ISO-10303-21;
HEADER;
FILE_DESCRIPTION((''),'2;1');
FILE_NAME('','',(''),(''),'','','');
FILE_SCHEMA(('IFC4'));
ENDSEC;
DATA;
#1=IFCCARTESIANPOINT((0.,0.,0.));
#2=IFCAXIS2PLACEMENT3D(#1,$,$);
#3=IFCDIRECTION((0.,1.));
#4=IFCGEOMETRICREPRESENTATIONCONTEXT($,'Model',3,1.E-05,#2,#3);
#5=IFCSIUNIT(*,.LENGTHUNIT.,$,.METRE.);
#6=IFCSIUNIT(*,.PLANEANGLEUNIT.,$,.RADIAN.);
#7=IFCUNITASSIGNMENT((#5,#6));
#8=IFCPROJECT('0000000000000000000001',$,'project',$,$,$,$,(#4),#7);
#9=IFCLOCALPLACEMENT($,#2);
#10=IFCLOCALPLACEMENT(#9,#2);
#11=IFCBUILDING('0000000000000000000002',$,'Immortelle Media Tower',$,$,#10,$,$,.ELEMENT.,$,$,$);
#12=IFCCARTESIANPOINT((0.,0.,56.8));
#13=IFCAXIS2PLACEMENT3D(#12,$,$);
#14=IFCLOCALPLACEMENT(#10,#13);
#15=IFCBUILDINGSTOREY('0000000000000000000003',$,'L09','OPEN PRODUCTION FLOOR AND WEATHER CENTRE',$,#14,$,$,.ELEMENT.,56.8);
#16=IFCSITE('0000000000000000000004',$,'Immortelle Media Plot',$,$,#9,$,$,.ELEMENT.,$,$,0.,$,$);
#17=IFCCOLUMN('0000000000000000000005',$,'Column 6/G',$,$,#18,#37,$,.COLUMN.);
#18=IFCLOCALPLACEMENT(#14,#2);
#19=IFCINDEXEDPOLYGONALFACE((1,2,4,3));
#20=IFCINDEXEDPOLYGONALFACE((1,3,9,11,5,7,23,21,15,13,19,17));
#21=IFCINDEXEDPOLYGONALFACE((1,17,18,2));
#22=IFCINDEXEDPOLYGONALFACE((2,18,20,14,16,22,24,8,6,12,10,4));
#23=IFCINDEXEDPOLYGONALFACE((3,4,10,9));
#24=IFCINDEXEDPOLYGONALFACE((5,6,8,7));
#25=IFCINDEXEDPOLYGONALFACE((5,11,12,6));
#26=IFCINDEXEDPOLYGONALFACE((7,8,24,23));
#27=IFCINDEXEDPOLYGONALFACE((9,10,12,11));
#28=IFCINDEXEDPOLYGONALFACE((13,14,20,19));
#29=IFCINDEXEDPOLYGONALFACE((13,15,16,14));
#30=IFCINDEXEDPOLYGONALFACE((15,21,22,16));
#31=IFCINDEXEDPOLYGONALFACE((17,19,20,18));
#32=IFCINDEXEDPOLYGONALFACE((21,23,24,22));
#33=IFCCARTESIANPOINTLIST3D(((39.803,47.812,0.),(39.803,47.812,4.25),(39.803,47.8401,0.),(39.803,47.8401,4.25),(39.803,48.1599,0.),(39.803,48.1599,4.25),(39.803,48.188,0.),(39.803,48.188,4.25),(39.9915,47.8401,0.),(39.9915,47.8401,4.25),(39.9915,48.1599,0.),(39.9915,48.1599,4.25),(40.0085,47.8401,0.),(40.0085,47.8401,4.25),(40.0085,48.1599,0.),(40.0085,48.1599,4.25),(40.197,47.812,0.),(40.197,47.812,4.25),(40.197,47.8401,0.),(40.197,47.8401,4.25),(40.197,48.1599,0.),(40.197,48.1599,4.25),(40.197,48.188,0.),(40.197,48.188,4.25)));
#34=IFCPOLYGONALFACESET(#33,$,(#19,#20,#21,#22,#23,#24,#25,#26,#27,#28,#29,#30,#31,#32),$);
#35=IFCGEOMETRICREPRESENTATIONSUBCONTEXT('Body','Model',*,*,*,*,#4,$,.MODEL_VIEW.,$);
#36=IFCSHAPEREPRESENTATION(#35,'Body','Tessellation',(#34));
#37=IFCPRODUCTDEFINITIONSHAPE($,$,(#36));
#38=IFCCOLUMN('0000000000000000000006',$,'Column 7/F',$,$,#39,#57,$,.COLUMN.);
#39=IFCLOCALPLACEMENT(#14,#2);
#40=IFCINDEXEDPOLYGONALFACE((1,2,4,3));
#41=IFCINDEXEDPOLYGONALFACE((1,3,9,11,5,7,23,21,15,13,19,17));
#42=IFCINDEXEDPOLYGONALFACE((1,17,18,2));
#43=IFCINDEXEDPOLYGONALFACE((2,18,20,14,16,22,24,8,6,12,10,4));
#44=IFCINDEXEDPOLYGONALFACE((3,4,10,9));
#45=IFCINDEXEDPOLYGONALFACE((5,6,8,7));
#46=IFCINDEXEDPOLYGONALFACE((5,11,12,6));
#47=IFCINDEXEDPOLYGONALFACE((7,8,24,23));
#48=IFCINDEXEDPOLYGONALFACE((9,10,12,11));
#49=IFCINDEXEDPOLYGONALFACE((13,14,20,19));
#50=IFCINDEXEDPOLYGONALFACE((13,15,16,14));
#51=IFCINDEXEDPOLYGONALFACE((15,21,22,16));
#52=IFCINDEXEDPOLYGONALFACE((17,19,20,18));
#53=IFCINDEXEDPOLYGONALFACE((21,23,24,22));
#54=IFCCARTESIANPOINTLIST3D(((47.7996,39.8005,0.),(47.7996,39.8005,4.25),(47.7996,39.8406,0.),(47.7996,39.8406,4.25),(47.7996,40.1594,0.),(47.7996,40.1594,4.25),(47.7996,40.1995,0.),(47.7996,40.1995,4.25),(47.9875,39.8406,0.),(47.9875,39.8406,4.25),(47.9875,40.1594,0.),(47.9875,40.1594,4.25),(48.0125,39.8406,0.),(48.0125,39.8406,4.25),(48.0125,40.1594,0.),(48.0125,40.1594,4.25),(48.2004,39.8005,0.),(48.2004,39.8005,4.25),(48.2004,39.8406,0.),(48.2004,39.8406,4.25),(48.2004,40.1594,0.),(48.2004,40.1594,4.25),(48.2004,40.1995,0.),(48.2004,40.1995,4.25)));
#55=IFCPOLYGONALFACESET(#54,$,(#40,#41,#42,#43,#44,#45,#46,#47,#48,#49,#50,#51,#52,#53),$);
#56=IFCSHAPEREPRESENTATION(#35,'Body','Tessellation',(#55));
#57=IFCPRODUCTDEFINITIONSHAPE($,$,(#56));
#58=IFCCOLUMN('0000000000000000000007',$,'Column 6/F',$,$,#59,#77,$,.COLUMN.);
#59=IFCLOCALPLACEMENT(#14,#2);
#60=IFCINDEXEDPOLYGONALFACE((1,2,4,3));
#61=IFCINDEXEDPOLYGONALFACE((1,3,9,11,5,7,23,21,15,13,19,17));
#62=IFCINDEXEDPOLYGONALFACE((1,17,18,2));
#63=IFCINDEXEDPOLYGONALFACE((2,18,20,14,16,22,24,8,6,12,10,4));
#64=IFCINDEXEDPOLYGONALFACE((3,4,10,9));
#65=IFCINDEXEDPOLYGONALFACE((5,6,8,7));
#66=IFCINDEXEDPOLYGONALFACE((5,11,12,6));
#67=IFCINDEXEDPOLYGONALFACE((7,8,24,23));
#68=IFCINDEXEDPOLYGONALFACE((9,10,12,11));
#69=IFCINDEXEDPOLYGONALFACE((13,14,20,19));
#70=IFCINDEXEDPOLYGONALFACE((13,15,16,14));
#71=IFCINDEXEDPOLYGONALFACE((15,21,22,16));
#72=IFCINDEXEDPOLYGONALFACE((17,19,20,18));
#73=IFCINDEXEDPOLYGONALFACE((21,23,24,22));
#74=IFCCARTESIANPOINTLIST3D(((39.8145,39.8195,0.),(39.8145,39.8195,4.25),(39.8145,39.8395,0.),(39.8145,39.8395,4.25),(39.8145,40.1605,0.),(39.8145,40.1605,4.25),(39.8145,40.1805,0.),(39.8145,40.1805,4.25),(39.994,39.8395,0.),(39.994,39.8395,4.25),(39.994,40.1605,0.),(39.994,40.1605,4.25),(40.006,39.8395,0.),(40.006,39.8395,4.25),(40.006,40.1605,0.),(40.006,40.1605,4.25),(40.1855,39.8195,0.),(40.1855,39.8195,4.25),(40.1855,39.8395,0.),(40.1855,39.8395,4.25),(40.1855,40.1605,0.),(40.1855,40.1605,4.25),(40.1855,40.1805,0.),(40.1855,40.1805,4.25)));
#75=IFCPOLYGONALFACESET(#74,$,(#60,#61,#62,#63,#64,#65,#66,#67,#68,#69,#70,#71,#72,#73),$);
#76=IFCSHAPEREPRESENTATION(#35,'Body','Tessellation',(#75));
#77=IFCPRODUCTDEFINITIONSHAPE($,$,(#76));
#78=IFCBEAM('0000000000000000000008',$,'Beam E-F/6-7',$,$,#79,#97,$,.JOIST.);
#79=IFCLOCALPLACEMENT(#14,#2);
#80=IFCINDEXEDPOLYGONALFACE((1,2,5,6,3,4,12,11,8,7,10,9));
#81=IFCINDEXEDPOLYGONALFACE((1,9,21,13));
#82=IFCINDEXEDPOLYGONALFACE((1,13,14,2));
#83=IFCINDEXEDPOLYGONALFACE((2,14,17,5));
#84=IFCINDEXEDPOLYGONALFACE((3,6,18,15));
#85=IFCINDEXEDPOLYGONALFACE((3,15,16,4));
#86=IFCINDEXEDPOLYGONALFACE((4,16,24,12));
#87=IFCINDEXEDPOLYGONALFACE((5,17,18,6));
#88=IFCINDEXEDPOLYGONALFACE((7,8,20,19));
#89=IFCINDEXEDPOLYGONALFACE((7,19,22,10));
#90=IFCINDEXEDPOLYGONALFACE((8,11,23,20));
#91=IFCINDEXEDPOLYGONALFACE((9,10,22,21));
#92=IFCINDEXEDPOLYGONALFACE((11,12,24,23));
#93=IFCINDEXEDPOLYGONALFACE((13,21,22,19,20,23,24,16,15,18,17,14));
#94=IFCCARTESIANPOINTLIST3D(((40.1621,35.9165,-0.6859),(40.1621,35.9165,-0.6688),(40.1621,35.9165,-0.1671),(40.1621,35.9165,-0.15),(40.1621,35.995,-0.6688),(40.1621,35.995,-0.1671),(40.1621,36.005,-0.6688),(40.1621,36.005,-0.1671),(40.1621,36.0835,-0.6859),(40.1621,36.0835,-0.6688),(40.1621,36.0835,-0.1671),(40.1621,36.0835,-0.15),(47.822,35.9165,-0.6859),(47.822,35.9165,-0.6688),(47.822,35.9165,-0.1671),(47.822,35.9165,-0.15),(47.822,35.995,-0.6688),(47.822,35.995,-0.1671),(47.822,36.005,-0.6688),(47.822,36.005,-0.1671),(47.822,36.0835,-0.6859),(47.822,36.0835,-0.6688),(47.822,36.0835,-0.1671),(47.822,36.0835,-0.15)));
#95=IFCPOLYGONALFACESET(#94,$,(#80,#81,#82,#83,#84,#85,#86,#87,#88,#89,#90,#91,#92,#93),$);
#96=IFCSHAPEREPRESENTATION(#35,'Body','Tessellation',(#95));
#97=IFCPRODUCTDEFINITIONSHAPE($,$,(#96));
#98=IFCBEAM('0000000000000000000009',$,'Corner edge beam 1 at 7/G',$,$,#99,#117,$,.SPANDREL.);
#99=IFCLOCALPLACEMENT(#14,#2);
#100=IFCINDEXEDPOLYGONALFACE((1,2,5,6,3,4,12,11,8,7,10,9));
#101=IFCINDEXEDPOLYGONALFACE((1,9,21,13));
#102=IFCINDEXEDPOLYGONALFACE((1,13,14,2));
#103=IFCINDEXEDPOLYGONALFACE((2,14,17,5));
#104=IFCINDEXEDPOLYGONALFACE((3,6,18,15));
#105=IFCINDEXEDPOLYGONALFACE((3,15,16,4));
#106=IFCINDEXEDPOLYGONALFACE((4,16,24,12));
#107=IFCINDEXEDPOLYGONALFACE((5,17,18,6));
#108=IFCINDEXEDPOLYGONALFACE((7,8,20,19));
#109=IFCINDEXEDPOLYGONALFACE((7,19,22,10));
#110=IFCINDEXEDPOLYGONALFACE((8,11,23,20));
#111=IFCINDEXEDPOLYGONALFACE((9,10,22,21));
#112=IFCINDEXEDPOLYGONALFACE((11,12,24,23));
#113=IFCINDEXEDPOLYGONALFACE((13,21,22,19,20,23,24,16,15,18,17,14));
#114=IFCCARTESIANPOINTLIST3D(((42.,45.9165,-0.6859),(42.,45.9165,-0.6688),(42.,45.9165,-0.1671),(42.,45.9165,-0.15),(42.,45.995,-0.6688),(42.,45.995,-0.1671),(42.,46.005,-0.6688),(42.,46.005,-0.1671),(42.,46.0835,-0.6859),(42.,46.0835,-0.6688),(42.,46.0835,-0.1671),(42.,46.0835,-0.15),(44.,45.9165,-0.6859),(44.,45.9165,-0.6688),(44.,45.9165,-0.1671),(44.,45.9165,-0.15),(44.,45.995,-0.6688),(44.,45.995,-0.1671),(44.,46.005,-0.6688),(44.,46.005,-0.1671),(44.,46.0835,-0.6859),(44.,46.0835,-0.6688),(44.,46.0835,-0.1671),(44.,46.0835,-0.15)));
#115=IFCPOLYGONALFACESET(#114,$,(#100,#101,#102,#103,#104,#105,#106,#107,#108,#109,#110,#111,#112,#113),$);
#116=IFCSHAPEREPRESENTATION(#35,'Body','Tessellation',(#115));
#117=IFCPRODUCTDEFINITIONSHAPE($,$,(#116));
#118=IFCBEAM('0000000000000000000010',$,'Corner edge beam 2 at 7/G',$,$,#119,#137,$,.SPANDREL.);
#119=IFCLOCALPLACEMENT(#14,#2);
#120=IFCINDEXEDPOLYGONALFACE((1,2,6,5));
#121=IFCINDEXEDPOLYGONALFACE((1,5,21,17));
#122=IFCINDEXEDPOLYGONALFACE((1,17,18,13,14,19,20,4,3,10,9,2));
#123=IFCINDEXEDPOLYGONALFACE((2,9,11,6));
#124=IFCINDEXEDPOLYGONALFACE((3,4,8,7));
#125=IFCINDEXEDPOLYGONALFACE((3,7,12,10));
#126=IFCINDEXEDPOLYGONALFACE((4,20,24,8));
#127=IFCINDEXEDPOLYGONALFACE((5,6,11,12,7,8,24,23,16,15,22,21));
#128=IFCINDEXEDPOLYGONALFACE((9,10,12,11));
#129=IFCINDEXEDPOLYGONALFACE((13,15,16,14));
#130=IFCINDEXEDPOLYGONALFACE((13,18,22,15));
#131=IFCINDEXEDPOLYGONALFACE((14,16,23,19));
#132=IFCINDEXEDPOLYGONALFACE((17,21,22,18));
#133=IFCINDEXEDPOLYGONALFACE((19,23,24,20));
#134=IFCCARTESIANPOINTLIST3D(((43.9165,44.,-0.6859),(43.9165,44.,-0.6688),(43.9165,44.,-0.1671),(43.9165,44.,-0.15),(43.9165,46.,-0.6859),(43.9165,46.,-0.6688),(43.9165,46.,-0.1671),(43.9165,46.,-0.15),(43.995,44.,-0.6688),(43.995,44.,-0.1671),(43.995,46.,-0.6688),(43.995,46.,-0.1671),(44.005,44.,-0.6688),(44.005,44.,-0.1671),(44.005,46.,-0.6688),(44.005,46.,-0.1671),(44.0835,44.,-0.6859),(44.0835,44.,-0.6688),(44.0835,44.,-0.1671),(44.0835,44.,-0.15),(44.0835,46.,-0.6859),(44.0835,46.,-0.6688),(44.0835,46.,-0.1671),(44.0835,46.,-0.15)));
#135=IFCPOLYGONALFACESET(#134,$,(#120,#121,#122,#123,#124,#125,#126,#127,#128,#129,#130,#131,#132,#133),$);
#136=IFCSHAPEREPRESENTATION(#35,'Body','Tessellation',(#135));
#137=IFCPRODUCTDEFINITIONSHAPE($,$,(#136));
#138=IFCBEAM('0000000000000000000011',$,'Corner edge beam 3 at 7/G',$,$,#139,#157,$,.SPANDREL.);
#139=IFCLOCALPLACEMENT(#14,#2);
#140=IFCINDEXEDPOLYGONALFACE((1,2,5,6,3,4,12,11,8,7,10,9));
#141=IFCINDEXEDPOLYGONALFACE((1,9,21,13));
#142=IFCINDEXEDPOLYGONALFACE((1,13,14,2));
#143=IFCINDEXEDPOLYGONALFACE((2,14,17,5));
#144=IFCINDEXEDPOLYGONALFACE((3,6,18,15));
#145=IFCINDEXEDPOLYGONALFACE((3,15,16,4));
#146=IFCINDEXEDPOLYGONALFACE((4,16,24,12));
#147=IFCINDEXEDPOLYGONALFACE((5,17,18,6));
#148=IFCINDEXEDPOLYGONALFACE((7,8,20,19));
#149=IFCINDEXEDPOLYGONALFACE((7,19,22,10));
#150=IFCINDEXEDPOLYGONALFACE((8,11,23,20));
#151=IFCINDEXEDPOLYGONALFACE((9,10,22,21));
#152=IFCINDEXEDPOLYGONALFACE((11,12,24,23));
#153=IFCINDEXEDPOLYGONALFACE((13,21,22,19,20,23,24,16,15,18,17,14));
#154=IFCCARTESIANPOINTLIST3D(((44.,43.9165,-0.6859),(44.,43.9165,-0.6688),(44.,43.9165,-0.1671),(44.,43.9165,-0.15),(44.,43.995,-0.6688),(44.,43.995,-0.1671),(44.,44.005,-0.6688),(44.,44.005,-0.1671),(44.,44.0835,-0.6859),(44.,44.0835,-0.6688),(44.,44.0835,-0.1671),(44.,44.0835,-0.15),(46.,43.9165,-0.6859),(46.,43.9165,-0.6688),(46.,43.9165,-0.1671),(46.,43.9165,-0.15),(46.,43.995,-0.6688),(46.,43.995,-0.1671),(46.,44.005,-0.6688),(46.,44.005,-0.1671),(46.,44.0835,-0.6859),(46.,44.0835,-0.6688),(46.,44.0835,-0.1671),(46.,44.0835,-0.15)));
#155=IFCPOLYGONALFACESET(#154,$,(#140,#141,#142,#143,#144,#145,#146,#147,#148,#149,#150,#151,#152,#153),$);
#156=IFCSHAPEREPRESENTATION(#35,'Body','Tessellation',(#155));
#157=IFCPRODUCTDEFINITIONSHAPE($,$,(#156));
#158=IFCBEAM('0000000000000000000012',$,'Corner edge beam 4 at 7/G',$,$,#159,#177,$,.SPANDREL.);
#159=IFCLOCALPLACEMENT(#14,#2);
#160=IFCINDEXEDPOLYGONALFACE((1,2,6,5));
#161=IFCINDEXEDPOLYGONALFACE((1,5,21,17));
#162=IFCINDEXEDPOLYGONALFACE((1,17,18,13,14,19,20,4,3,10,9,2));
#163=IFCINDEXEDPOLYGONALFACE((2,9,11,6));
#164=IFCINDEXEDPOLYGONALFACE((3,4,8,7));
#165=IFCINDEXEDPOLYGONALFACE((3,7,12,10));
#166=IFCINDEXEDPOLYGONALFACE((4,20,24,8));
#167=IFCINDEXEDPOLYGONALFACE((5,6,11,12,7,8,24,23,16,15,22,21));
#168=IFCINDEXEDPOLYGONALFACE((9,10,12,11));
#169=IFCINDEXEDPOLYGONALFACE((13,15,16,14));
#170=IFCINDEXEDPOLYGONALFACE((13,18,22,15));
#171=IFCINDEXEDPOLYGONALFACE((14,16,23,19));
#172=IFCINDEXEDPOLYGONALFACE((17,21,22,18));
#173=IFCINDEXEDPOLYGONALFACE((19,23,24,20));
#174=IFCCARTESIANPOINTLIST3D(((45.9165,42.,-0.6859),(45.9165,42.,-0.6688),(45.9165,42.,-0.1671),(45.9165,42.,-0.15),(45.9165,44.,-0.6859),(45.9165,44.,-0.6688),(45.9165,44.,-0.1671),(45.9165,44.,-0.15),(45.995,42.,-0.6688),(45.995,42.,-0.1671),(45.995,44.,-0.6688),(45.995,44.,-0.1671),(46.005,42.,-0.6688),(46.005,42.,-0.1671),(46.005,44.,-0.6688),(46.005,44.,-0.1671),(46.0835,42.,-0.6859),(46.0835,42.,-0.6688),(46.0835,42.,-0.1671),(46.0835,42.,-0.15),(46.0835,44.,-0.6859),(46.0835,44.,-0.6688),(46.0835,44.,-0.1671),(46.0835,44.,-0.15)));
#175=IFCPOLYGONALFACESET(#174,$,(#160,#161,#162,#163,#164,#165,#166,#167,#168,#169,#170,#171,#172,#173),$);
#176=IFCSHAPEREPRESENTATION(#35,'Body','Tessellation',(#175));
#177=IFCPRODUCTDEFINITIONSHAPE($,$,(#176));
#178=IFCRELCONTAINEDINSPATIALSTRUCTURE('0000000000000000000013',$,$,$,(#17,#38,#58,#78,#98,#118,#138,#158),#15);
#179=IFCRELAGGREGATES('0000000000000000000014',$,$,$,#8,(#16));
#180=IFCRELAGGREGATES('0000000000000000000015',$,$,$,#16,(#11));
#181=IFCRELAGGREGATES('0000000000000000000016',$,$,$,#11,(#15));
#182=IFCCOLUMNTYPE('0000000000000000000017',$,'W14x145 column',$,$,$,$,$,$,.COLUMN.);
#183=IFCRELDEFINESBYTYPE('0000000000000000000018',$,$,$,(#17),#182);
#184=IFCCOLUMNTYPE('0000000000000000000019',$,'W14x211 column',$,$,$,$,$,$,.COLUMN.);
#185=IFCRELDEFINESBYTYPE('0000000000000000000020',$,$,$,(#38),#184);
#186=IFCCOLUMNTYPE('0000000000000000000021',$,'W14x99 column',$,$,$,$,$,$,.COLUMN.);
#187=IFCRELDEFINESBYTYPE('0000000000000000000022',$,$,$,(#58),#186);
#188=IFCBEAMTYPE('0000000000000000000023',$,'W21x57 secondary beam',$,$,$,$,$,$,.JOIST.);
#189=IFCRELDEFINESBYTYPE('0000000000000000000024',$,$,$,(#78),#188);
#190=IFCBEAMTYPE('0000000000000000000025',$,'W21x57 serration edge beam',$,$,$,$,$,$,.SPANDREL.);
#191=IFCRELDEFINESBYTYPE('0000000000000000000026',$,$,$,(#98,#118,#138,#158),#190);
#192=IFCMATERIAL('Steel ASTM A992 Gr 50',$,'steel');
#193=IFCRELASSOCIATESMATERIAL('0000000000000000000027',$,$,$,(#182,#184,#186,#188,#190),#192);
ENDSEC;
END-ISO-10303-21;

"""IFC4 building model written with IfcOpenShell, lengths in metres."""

from ifc_helpers import new_model, si_unit, direction, frame, origin, origin_2d, place, context, subcontext, project, spatial, i_section, extrude, material, material_profile, profile_set, type_object, element, save


model = new_model("IFC4")

# Units and contexts
model_context = context("Model", 3, precision=1e-05, world=origin(), true_north=direction((0.0, 1.0)))
body_context = subcontext(model_context, "Body", "Model", "MODEL_VIEW")
ifc_project = project(units=[si_unit("LENGTHUNIT", "METRE"), si_unit("PLANEANGLEUNIT", "RADIAN")], contexts=[model_context])

# Site, building, storey
site_placement = place(None, origin())
site = spatial("IfcSite", under=ifc_project, at=site_placement, Name="Immortelle Media Plot", CompositionType="ELEMENT", RefElevation=0.0)
building_placement = place(site_placement, origin())
building = spatial("IfcBuilding", under=site, at=building_placement, Name="Immortelle Media Tower", CompositionType="ELEMENT")
storey_placement = place(building_placement, frame((0.0, 0.0, 56.8)))
storey = spatial("IfcBuildingStorey", under=building, at=storey_placement, Name="L09", Description="OPEN PRODUCTION FLOOR AND WEATHER CENTRE", CompositionType="ELEMENT", Elevation=56.8)

# Columns
ifc_material_1 = material(Name="Steel ASTM A992 Gr 50", Category="steel")
ifc_material_profile_1 = material_profile(ifc_material_1, i_section(OverallWidth=0.394, OverallDepth=0.376, WebThickness=0.0171, FlangeThickness=0.0281, at=origin_2d()), Name="W14x145")
ifc_profile_set_1 = profile_set([ifc_material_profile_1], Name="Steel ASTM A992 Gr 50")
column_type_1 = type_object("IfcColumnType", Name="W14x145 column", PredefinedType="COLUMN", material=ifc_profile_set_1)
column_1_placement = place(storey_placement, frame((40.0, 48.0, 0.0), z_axis=(0.0, 0.0, 1.0), x_axis=(1.0, 0.0, 0.0)))
element("IfcColumn", 1, at=column_1_placement, inside=storey, type_object=column_type_1, Name="Column 6/G", PredefinedType="COLUMN", context=body_context, shape_type="SweptSolid", body=[
    extrude(i_section(OverallWidth=0.394, OverallDepth=0.376, WebThickness=0.0171, FlangeThickness=0.0281, at=origin_2d()), origin(), (0.0, 0.0, 1.0), 4.25),
])
ifc_material_profile_2 = material_profile(ifc_material_1, i_section(OverallWidth=0.4009, OverallDepth=0.3989, WebThickness=0.0249, FlangeThickness=0.04, at=origin_2d()), Name="W14x211")
ifc_profile_set_2 = profile_set([ifc_material_profile_2], Name="Steel ASTM A992 Gr 50")
column_type_2 = type_object("IfcColumnType", Name="W14x211 column", PredefinedType="COLUMN", material=ifc_profile_set_2)
column_2_placement = place(storey_placement, frame((48.0, 40.0, 0.0), z_axis=(0.0, 0.0, 1.0), x_axis=(1.0, 0.0, 0.0)))
element("IfcColumn", 2, at=column_2_placement, inside=storey, type_object=column_type_2, Name="Column 7/F", PredefinedType="COLUMN", context=body_context, shape_type="SweptSolid", body=[
    extrude(i_section(OverallWidth=0.4009, OverallDepth=0.3989, WebThickness=0.0249, FlangeThickness=0.04, at=origin_2d()), origin(), (0.0, 0.0, 1.0), 4.25),
])
ifc_material_profile_3 = material_profile(ifc_material_1, i_section(OverallWidth=0.3711, OverallDepth=0.3611, WebThickness=0.012, FlangeThickness=0.02, at=origin_2d()), Name="W14x99")
ifc_profile_set_3 = profile_set([ifc_material_profile_3], Name="Steel ASTM A992 Gr 50")
column_type_3 = type_object("IfcColumnType", Name="W14x99 column", PredefinedType="COLUMN", material=ifc_profile_set_3)
column_3_placement = place(storey_placement, frame((40.0, 40.0, 0.0), z_axis=(0.0, 0.0, 1.0), x_axis=(1.0, 0.0, 0.0)))
element("IfcColumn", 3, at=column_3_placement, inside=storey, type_object=column_type_3, Name="Column 6/F", PredefinedType="COLUMN", context=body_context, shape_type="SweptSolid", body=[
    extrude(i_section(OverallWidth=0.3711, OverallDepth=0.3611, WebThickness=0.012, FlangeThickness=0.02, at=origin_2d()), origin(), (0.0, 0.0, 1.0), 4.25),
])

# Beams
ifc_material_profile_4 = material_profile(ifc_material_1, i_section(OverallWidth=0.167, OverallDepth=0.5359, WebThickness=0.01, FlangeThickness=0.0171, at=origin_2d()), Name="W21x57")
ifc_profile_set_4 = profile_set([ifc_material_profile_4], Name="Steel ASTM A992 Gr 50")
beam_type_1 = type_object("IfcBeamType", Name="W21x57 secondary beam", PredefinedType="JOIST", material=ifc_profile_set_4)
beam_1_placement = place(storey_placement, frame((40.1621, 36.0, -0.418), z_axis=(1.0, 0.0, 0.0), x_axis=(0.0, 1.0, 0.0)))
element("IfcBeam", 4, at=beam_1_placement, inside=storey, type_object=beam_type_1, Name="Beam E-F/6-7", PredefinedType="JOIST", context=body_context, shape_type="SweptSolid", body=[
    extrude(i_section(OverallWidth=0.167, OverallDepth=0.5359, WebThickness=0.01, FlangeThickness=0.0171, at=origin_2d()), origin(), (0.0, 0.0, 1.0), 7.6599),
])
ifc_material_profile_5 = material_profile(ifc_material_1, i_section(OverallWidth=0.167, OverallDepth=0.5359, WebThickness=0.01, FlangeThickness=0.0171, at=origin_2d()), Name="W21x57")
ifc_profile_set_5 = profile_set([ifc_material_profile_5], Name="Steel ASTM A992 Gr 50")
beam_type_2 = type_object("IfcBeamType", Name="W21x57 serration edge beam", PredefinedType="SPANDREL", material=ifc_profile_set_5)
for number, where, z_axis, x_axis, name in (
    (5, (42.0, 46.0, -0.418), (1.0, 0.0, 0.0), (0.0, 1.0, 0.0), "Corner edge beam 1 at 7/G"),
    (6, (44.0, 46.0, -0.418), (0.0, -1.0, 0.0), (1.0, 0.0, 0.0), "Corner edge beam 2 at 7/G"),
    (7, (44.0, 44.0, -0.418), (1.0, 0.0, 0.0), (0.0, 1.0, 0.0), "Corner edge beam 3 at 7/G"),
    (8, (46.0, 44.0, -0.418), (0.0, -1.0, 0.0), (1.0, 0.0, 0.0), "Corner edge beam 4 at 7/G"),
):
    element("IfcBeam", number, at=place(storey_placement, frame(where, z_axis=z_axis, x_axis=x_axis)), inside=storey, type_object=beam_type_2, Name=name, PredefinedType="SPANDREL", context=body_context, shape_type="SweptSolid", body=[
        extrude(i_section(OverallWidth=0.167, OverallDepth=0.5359, WebThickness=0.01, FlangeThickness=0.0171, at=origin_2d()), origin(), (0.0, 0.0, 1.0), 2.0),
    ])

save(model, "model.ifc")
